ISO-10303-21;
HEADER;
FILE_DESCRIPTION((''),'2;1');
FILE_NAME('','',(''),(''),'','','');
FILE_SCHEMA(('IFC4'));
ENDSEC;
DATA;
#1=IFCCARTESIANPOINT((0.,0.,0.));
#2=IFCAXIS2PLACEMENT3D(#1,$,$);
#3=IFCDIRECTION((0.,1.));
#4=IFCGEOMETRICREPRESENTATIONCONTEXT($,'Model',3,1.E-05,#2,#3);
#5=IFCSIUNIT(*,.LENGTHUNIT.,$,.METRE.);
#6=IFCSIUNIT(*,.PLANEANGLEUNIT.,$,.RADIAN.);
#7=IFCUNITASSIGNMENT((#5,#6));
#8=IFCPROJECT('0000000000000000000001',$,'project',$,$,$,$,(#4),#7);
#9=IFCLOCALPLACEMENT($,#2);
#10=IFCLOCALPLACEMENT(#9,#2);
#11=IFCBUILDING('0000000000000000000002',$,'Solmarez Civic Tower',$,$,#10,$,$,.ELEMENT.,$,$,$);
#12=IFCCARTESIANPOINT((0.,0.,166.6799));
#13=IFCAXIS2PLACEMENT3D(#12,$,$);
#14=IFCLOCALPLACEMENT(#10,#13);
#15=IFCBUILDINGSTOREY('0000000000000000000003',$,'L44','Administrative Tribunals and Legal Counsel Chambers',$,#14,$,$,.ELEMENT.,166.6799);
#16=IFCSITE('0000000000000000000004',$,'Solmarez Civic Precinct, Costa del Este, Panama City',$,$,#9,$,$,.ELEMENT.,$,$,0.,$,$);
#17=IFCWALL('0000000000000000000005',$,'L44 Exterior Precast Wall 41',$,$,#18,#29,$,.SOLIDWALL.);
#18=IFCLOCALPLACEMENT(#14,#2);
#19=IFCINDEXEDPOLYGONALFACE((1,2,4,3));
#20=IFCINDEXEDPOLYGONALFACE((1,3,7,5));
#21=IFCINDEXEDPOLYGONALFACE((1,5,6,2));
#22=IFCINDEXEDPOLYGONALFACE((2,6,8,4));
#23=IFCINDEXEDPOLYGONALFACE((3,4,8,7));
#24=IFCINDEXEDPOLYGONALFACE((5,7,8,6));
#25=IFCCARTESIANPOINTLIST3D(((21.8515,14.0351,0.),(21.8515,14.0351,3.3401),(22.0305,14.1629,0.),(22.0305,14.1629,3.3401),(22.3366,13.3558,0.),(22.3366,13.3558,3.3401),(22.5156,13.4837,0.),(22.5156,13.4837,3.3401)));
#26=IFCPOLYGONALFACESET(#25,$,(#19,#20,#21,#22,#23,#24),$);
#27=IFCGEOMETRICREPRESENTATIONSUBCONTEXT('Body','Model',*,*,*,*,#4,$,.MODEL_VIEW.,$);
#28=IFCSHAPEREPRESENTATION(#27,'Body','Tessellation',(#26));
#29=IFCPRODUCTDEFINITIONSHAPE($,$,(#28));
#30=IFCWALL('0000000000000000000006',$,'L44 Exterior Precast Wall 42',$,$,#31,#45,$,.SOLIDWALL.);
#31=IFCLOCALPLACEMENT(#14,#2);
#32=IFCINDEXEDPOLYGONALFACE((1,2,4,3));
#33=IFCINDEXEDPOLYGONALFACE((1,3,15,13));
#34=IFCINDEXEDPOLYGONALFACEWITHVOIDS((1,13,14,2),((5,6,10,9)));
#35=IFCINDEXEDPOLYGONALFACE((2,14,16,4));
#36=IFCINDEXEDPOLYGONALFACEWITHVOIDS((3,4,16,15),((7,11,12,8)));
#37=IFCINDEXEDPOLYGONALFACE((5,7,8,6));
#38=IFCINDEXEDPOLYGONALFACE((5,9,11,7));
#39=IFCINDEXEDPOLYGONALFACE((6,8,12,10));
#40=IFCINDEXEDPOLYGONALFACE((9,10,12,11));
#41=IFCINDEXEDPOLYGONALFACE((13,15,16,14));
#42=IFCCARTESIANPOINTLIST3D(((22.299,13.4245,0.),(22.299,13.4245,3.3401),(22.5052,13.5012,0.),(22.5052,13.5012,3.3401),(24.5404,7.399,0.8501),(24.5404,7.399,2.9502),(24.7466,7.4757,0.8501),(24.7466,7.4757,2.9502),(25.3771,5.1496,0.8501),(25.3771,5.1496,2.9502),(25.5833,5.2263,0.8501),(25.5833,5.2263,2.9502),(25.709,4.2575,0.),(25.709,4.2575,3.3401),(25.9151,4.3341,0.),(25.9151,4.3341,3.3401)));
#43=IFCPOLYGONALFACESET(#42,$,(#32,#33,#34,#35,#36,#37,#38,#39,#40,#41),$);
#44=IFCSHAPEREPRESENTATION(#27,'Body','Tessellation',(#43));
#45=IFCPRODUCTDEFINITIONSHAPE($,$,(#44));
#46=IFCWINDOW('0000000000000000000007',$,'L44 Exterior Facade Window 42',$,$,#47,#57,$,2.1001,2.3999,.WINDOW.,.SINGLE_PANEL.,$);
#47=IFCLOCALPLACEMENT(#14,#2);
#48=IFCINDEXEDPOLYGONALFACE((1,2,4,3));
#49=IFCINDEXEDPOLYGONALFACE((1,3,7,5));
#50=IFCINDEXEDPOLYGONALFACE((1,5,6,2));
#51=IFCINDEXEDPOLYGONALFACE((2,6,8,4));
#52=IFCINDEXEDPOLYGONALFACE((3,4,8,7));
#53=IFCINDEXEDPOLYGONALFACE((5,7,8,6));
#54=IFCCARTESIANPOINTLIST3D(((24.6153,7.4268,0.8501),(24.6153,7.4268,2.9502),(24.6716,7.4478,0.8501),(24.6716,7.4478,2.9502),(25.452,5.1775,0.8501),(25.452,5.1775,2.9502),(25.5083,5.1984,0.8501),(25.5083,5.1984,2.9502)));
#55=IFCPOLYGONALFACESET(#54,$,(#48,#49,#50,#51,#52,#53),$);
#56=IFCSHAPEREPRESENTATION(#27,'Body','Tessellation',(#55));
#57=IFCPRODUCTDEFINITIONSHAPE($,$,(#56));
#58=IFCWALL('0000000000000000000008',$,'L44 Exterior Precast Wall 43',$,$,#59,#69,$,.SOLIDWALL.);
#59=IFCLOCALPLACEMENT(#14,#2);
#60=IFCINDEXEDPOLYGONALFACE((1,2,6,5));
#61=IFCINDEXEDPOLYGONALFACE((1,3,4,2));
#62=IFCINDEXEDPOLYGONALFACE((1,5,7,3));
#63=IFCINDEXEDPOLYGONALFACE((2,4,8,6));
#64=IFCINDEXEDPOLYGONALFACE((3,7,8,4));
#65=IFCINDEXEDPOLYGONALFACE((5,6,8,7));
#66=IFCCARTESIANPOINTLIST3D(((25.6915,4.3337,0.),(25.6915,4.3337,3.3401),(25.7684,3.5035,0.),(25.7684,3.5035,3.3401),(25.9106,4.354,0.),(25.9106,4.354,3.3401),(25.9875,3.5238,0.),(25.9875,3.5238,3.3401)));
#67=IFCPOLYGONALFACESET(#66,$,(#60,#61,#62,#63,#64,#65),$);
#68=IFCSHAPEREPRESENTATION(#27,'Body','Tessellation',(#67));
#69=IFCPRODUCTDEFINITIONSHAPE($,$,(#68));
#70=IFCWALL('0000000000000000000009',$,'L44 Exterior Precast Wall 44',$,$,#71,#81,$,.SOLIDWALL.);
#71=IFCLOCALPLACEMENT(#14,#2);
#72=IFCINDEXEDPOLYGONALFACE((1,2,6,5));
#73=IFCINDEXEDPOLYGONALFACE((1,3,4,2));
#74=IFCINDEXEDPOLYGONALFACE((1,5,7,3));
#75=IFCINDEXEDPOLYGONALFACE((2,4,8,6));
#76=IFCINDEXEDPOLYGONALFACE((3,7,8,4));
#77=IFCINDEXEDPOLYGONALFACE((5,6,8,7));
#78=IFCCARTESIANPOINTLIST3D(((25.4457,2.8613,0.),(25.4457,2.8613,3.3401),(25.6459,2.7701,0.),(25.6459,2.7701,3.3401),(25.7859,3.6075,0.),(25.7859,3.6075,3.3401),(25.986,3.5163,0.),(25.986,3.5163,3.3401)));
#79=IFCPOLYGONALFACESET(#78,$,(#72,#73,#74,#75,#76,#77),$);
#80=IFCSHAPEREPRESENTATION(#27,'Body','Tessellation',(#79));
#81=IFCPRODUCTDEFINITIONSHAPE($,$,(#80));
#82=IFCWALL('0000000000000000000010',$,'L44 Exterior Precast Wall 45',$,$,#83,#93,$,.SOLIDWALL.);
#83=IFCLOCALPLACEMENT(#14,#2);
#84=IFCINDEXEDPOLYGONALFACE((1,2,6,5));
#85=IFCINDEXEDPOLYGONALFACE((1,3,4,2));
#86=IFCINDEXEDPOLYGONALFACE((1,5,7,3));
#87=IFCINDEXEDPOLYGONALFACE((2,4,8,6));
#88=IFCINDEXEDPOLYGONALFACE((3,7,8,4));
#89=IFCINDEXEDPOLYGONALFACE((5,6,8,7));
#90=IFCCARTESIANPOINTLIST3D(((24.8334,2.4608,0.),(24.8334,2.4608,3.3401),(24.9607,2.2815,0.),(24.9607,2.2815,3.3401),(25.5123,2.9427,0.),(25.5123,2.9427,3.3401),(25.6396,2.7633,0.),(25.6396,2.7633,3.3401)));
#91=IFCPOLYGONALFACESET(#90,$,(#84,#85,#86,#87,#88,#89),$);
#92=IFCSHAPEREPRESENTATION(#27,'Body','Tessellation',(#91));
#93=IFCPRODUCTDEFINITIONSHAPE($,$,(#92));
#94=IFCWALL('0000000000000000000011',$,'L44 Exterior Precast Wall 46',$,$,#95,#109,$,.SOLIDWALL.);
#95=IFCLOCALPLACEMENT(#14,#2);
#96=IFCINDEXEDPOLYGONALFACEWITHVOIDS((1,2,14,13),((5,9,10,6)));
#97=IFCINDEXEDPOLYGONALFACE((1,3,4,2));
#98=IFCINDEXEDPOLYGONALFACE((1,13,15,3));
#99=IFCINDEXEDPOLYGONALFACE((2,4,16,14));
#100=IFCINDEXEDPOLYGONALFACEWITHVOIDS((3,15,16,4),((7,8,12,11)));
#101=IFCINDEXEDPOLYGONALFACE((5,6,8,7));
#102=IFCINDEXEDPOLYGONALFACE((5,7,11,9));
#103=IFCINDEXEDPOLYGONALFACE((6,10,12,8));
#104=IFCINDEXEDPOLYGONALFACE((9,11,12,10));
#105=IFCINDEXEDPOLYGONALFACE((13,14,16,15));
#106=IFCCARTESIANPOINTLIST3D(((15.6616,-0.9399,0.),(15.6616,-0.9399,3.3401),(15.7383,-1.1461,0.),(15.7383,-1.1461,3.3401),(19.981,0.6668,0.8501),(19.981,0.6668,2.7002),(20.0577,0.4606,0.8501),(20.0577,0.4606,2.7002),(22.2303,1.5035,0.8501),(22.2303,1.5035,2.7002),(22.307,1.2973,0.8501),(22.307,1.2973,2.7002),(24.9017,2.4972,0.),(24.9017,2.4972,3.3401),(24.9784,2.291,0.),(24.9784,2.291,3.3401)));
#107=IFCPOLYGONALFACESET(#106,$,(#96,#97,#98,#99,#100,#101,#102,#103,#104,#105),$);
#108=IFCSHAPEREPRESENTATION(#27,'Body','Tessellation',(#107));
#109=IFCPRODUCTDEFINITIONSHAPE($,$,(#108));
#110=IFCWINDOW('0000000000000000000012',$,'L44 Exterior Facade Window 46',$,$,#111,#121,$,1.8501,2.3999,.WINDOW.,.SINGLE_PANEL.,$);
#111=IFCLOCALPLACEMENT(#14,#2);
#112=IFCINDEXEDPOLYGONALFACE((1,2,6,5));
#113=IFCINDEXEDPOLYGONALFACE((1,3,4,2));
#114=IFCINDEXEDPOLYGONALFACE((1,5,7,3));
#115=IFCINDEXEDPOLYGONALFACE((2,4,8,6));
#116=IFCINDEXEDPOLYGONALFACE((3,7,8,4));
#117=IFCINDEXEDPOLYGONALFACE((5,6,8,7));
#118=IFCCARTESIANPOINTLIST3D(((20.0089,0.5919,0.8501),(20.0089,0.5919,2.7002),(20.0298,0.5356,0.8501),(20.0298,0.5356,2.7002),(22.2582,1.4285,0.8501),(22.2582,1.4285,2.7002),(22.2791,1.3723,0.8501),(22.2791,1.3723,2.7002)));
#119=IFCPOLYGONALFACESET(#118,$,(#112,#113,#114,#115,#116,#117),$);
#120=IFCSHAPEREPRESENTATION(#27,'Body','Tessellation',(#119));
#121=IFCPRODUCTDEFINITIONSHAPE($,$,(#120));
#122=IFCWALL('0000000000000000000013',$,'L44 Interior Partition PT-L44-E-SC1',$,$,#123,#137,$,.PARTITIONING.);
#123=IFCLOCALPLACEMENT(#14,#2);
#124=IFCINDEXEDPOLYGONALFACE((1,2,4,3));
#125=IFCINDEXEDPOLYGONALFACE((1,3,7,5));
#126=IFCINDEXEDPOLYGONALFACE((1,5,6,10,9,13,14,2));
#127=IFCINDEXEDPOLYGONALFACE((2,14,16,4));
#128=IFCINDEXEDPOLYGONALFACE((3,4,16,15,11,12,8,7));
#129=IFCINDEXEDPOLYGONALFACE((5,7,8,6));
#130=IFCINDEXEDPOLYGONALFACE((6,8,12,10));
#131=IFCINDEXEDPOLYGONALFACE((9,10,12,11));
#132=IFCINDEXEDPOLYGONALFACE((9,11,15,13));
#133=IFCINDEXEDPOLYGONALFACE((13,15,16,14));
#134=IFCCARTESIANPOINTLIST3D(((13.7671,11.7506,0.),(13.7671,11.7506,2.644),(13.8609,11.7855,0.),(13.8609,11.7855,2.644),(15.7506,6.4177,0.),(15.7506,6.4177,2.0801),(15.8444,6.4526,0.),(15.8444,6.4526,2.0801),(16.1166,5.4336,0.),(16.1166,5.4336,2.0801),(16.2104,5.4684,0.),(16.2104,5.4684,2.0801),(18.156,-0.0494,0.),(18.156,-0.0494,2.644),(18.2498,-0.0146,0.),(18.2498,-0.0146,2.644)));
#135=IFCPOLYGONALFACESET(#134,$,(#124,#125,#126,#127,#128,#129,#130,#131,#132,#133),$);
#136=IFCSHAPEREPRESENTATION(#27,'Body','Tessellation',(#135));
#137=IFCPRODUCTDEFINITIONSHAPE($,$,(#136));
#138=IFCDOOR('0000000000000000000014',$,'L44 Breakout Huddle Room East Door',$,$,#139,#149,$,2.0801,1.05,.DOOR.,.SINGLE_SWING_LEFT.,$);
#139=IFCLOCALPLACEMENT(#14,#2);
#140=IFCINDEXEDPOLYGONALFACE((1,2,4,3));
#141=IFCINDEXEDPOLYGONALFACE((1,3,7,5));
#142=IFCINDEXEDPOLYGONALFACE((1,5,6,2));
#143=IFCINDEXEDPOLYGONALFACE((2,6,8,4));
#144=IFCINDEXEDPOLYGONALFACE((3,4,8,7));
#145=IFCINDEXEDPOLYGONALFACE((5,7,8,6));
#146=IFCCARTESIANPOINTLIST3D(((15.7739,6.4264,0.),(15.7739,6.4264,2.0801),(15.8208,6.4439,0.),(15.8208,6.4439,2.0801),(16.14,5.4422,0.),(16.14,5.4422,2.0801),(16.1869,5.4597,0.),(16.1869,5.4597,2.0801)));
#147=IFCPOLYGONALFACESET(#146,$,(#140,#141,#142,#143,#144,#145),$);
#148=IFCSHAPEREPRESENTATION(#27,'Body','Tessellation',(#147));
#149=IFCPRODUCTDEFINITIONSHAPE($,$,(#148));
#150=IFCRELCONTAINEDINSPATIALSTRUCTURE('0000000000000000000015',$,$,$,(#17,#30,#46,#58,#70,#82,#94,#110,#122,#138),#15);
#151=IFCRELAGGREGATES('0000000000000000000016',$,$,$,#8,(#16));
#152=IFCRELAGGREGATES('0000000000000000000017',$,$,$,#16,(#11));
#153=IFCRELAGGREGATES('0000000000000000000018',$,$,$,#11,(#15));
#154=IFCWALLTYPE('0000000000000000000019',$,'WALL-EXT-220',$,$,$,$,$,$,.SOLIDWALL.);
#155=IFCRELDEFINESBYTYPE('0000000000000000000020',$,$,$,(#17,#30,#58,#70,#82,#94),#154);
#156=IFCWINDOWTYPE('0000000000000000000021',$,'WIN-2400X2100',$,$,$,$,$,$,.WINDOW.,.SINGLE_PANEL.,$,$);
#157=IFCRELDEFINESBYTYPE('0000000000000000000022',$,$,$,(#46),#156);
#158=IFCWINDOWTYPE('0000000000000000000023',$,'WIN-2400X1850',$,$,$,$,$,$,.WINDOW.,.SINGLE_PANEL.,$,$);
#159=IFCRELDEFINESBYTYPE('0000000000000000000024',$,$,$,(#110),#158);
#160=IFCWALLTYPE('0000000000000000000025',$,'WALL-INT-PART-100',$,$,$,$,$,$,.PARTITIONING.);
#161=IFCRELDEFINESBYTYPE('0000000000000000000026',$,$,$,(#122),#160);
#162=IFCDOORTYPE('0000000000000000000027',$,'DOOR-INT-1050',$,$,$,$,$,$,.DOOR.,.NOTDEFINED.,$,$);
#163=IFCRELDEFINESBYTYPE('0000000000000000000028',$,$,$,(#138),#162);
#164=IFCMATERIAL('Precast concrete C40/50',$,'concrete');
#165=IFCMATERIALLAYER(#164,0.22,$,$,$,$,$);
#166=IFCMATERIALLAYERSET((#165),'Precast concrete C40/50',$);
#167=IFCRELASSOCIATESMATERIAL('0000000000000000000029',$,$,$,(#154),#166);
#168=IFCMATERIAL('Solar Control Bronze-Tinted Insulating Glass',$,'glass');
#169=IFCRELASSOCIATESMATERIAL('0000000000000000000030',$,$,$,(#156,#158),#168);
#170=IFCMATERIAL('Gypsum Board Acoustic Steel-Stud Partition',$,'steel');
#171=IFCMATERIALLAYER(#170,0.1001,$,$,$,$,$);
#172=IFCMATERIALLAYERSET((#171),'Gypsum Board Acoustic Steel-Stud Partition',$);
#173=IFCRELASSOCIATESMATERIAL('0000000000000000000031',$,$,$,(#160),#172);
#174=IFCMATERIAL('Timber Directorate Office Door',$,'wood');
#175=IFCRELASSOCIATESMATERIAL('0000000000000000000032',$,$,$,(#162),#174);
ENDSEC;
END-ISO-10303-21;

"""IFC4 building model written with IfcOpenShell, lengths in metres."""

from ifc_helpers import new_model, si_unit, direction, frame, frame_2d, origin, place, context, subcontext, project, spatial, rectangle, extrude, material, layer, layer_set, type_object, element, fill, save


model = new_model("IFC4")

# Units and contexts
model_context = context("Model", 3, precision=1e-05, world=origin(), true_north=direction((0.0, 1.0)))
body_context = subcontext(model_context, "Body", "Model", "MODEL_VIEW")
ifc_project = project(units=[si_unit("LENGTHUNIT", "METRE"), si_unit("PLANEANGLEUNIT", "RADIAN")], contexts=[model_context])

# Site, building, storey
site_placement = place(None, origin())
site = spatial("IfcSite", under=ifc_project, at=site_placement, Name="Solmarez Civic Precinct, Costa del Este, Panama City", CompositionType="ELEMENT", RefElevation=0.0)
building_placement = place(site_placement, origin())
building = spatial("IfcBuilding", under=site, at=building_placement, Name="Solmarez Civic Tower", CompositionType="ELEMENT")
storey_placement = place(building_placement, frame((0.0, 0.0, 166.6799)))
storey = spatial("IfcBuildingStorey", under=building, at=storey_placement, Name="L44", Description="Administrative Tribunals and Legal Counsel Chambers", CompositionType="ELEMENT", Elevation=166.6799)

# Shared definitions
ifc_material_1 = material(Name="Precast concrete C40/50", Category="concrete")
ifc_layer_1 = layer(ifc_material_1, 0.22)
ifc_layer_set_1 = layer_set([ifc_layer_1], Name="Precast concrete C40/50")
wall_type_1 = type_object("IfcWallType", Name="WALL-EXT-220", PredefinedType="SOLIDWALL", material=ifc_layer_set_1)

# Wall
wall_1_placement = place(storey_placement, frame((21.9409, 14.0991, 0.0), z_axis=(0.0, 0.0, 1.0), x_axis=(0.581211, -0.813753, 0.0)))
element("IfcWall", 1, at=wall_1_placement, inside=storey, type_object=wall_type_1, Name="L44 Exterior Precast Wall 41", PredefinedType="SOLIDWALL", context=body_context, shape_type="SweptSolid", body=[
    extrude(rectangle(XDim=0.8347, YDim=0.22, at=frame_2d((0.4175, 0.0))), origin(), (0.0, 0.0, 1.0), 3.3401),
])

# Wall, opening, window
wall_2_placement = place(storey_placement, frame((22.4021, 13.4629, 0.0), z_axis=(0.0, 0.0, 1.0), x_axis=(0.348638, -0.937257, 0.0)))
wall_2 = element("IfcWall", 2, at=wall_2_placement, inside=storey, type_object=wall_type_1, Name="L44 Exterior Precast Wall 42", PredefinedType="SOLIDWALL", context=body_context, shape_type="SweptSolid", body=[
    extrude(rectangle(XDim=9.7808, YDim=0.22, at=frame_2d((4.8904, 0.0))), origin(), (0.0, 0.0, 1.0), 3.3401),
])
opening_1_placement = place(wall_2_placement, frame((6.429, 0.0, 0.8501)))
opening_1 = element("IfcOpeningElement", 3, at=opening_1_placement, cuts=wall_2, PredefinedType="OPENING", context=body_context, shape_type="SweptSolid", body=[
    extrude(rectangle(XDim=2.3999, YDim=2.1001, at=frame_2d((1.2, 1.05))), frame((0.0, 0.1199, 0.0), z_axis=(0.0, -1.0, 0.0), x_axis=(1.0, 0.0, 0.0)), (0.0, 0.0, 1.0), 0.24),
])
ifc_material_2 = material(Name="Solar Control Bronze-Tinted Insulating Glass", Category="glass")
window_type_1 = type_object("IfcWindowType", Name="WIN-2400X2100", PartitioningType="SINGLE_PANEL", PredefinedType="WINDOW", material=ifc_material_2)
window_1_placement = place(opening_1_placement, origin())
window_1 = element("IfcWindow", 4, at=window_1_placement, inside=storey, type_object=window_type_1, Name="L44 Exterior Facade Window 42", OverallHeight=2.1001, OverallWidth=2.3999, PartitioningType="SINGLE_PANEL", PredefinedType="WINDOW", context=body_context, shape_type="SweptSolid", body=[
    extrude(rectangle(XDim=2.3999, YDim=2.1001, at=frame_2d((1.2, 1.05))), frame((0.0, 0.03, 0.0), z_axis=(0.0, -1.0, 0.0), x_axis=(1.0, 0.0, 0.0)), (0.0, 0.0, 1.0), 0.0601),
])
fill(opening_1, window_1)

# Walls
wall_3_placement = place(storey_placement, frame((25.801, 4.344, 0.0), z_axis=(0.0, 0.0, 1.0), x_axis=(0.092252, -0.995736, 0.0)))
element("IfcWall", 5, at=wall_3_placement, inside=storey, type_object=wall_type_1, Name="L44 Exterior Precast Wall 43", PredefinedType="SOLIDWALL", context=body_context, shape_type="SweptSolid", body=[
    extrude(rectangle(XDim=0.8337, YDim=0.22, at=frame_2d((0.417, 0.0))), origin(), (0.0, 0.0, 1.0), 3.3401),
])
wall_4_placement = place(storey_placement, frame((25.886, 3.562, 0.0), z_axis=(0.0, 0.0, 1.0), x_axis=(-0.414767, -0.909927, 0.0)))
element("IfcWall", 6, at=wall_4_placement, inside=storey, type_object=wall_type_1, Name="L44 Exterior Precast Wall 44", PredefinedType="SOLIDWALL", context=body_context, shape_type="SweptSolid", body=[
    extrude(rectangle(XDim=0.8201, YDim=0.22, at=frame_2d((0.4102, 0.0))), origin(), (0.0, 0.0, 1.0), 3.3401),
])
wall_5_placement = place(storey_placement, frame((25.5759, 2.853, 0.0), z_axis=(0.0, 0.0, 1.0), x_axis=(-0.815454, -0.578822, 0.0)))
element("IfcWall", 7, at=wall_5_placement, inside=storey, type_object=wall_type_1, Name="L44 Exterior Precast Wall 45", PredefinedType="SOLIDWALL", context=body_context, shape_type="SweptSolid", body=[
    extrude(rectangle(XDim=0.8325, YDim=0.22, at=frame_2d((0.4163, 0.0))), origin(), (0.0, 0.0, 1.0), 3.3401),
])

# Wall, opening, window
wall_6_placement = place(storey_placement, frame((24.9399, 2.394, 0.0), z_axis=(0.0, 0.0, 1.0), x_axis=(-0.937259, -0.348634, 0.0)))
wall_6 = element("IfcWall", 8, at=wall_6_placement, inside=storey, type_object=wall_type_1, Name="L44 Exterior Precast Wall 46", PredefinedType="SOLIDWALL", context=body_context, shape_type="SweptSolid", body=[
    extrude(rectangle(XDim=9.8586, YDim=0.22, at=frame_2d((4.9292, 0.0))), origin(), (0.0, 0.0, 1.0), 3.3401),
])
opening_2_placement = place(wall_6_placement, frame((2.8501, 0.0, 0.8501)))
opening_2 = element("IfcOpeningElement", 9, at=opening_2_placement, cuts=wall_6, PredefinedType="OPENING", context=body_context, shape_type="SweptSolid", body=[
    extrude(rectangle(XDim=2.3999, YDim=1.8501, at=frame_2d((1.2, 0.925))), frame((0.0, 0.1199, 0.0), z_axis=(0.0, -1.0, 0.0), x_axis=(1.0, 0.0, 0.0)), (0.0, 0.0, 1.0), 0.24),
])
window_type_2 = type_object("IfcWindowType", Name="WIN-2400X1850", PartitioningType="SINGLE_PANEL", PredefinedType="WINDOW", material=ifc_material_2)
window_2_placement = place(opening_2_placement, origin())
window_2 = element("IfcWindow", 10, at=window_2_placement, inside=storey, type_object=window_type_2, Name="L44 Exterior Facade Window 46", OverallHeight=1.8501, OverallWidth=2.3999, PartitioningType="SINGLE_PANEL", PredefinedType="WINDOW", context=body_context, shape_type="SweptSolid", body=[
    extrude(rectangle(XDim=2.3999, YDim=1.8501, at=frame_2d((1.2, 0.925))), frame((0.0, 0.03, 0.0), z_axis=(0.0, -1.0, 0.0), x_axis=(1.0, 0.0, 0.0)), (0.0, 0.0, 1.0), 0.0601),
])
fill(opening_2, window_2)

# Wall, opening, door
ifc_material_3 = material(Name="Gypsum Board Acoustic Steel-Stud Partition", Category="steel")
ifc_layer_2 = layer(ifc_material_3, 0.1001)
ifc_layer_set_2 = layer_set([ifc_layer_2], Name="Gypsum Board Acoustic Steel-Stud Partition")
wall_type_2 = type_object("IfcWallType", Name="WALL-INT-PART-100", PredefinedType="PARTITIONING", material=ifc_layer_set_2)
wall_7_placement = place(storey_placement, frame((13.814, 11.7681, 0.0), z_axis=(0.0, 0.0, 1.0), x_axis=(0.348608, -0.937269, 0.0)))
wall_7 = element("IfcWall", 11, at=wall_7_placement, inside=storey, type_object=wall_type_2, Name="L44 Interior Partition PT-L44-E-SC1", PredefinedType="PARTITIONING", context=body_context, shape_type="SweptSolid", body=[
    extrude(rectangle(XDim=12.5898, YDim=0.1001, at=frame_2d((6.2949, 0.0))), origin(), (0.0, 0.0, 1.0), 2.644),
])
opening_3_placement = place(wall_7_placement, frame((5.6899, 0.0, 0.0)))
opening_3 = element("IfcOpeningElement", 12, at=opening_3_placement, cuts=wall_7, PredefinedType="OPENING", context=body_context, shape_type="SweptSolid", body=[
    extrude(rectangle(XDim=1.05, YDim=2.0801, at=frame_2d((0.5249, 1.04))), frame((0.0, 0.0601, 0.0), z_axis=(0.0, -1.0, 0.0), x_axis=(1.0, 0.0, 0.0)), (0.0, 0.0, 1.0), 0.1201),
])
ifc_material_4 = material(Name="Timber Directorate Office Door", Category="wood")
door_type_1 = type_object("IfcDoorType", Name="DOOR-INT-1050", OperationType="NOTDEFINED", PredefinedType="DOOR", material=ifc_material_4)
door_1_placement = place(opening_3_placement, origin())
door_1 = element("IfcDoor", 13, at=door_1_placement, inside=storey, type_object=door_type_1, Name="L44 Breakout Huddle Room East Door", OperationType="SINGLE_SWING_LEFT", OverallHeight=2.0801, OverallWidth=1.05, PredefinedType="DOOR", context=body_context, shape_type="SweptSolid", body=[
    extrude(rectangle(XDim=1.05, YDim=2.0801, at=frame_2d((0.5249, 1.04))), frame((0.0, 0.0249, 0.0), z_axis=(0.0, -1.0, 0.0), x_axis=(1.0, 0.0, 0.0)), (0.0, 0.0, 1.0), 0.05),
])
fill(opening_3, door_1)

save(model, "model.ifc")
